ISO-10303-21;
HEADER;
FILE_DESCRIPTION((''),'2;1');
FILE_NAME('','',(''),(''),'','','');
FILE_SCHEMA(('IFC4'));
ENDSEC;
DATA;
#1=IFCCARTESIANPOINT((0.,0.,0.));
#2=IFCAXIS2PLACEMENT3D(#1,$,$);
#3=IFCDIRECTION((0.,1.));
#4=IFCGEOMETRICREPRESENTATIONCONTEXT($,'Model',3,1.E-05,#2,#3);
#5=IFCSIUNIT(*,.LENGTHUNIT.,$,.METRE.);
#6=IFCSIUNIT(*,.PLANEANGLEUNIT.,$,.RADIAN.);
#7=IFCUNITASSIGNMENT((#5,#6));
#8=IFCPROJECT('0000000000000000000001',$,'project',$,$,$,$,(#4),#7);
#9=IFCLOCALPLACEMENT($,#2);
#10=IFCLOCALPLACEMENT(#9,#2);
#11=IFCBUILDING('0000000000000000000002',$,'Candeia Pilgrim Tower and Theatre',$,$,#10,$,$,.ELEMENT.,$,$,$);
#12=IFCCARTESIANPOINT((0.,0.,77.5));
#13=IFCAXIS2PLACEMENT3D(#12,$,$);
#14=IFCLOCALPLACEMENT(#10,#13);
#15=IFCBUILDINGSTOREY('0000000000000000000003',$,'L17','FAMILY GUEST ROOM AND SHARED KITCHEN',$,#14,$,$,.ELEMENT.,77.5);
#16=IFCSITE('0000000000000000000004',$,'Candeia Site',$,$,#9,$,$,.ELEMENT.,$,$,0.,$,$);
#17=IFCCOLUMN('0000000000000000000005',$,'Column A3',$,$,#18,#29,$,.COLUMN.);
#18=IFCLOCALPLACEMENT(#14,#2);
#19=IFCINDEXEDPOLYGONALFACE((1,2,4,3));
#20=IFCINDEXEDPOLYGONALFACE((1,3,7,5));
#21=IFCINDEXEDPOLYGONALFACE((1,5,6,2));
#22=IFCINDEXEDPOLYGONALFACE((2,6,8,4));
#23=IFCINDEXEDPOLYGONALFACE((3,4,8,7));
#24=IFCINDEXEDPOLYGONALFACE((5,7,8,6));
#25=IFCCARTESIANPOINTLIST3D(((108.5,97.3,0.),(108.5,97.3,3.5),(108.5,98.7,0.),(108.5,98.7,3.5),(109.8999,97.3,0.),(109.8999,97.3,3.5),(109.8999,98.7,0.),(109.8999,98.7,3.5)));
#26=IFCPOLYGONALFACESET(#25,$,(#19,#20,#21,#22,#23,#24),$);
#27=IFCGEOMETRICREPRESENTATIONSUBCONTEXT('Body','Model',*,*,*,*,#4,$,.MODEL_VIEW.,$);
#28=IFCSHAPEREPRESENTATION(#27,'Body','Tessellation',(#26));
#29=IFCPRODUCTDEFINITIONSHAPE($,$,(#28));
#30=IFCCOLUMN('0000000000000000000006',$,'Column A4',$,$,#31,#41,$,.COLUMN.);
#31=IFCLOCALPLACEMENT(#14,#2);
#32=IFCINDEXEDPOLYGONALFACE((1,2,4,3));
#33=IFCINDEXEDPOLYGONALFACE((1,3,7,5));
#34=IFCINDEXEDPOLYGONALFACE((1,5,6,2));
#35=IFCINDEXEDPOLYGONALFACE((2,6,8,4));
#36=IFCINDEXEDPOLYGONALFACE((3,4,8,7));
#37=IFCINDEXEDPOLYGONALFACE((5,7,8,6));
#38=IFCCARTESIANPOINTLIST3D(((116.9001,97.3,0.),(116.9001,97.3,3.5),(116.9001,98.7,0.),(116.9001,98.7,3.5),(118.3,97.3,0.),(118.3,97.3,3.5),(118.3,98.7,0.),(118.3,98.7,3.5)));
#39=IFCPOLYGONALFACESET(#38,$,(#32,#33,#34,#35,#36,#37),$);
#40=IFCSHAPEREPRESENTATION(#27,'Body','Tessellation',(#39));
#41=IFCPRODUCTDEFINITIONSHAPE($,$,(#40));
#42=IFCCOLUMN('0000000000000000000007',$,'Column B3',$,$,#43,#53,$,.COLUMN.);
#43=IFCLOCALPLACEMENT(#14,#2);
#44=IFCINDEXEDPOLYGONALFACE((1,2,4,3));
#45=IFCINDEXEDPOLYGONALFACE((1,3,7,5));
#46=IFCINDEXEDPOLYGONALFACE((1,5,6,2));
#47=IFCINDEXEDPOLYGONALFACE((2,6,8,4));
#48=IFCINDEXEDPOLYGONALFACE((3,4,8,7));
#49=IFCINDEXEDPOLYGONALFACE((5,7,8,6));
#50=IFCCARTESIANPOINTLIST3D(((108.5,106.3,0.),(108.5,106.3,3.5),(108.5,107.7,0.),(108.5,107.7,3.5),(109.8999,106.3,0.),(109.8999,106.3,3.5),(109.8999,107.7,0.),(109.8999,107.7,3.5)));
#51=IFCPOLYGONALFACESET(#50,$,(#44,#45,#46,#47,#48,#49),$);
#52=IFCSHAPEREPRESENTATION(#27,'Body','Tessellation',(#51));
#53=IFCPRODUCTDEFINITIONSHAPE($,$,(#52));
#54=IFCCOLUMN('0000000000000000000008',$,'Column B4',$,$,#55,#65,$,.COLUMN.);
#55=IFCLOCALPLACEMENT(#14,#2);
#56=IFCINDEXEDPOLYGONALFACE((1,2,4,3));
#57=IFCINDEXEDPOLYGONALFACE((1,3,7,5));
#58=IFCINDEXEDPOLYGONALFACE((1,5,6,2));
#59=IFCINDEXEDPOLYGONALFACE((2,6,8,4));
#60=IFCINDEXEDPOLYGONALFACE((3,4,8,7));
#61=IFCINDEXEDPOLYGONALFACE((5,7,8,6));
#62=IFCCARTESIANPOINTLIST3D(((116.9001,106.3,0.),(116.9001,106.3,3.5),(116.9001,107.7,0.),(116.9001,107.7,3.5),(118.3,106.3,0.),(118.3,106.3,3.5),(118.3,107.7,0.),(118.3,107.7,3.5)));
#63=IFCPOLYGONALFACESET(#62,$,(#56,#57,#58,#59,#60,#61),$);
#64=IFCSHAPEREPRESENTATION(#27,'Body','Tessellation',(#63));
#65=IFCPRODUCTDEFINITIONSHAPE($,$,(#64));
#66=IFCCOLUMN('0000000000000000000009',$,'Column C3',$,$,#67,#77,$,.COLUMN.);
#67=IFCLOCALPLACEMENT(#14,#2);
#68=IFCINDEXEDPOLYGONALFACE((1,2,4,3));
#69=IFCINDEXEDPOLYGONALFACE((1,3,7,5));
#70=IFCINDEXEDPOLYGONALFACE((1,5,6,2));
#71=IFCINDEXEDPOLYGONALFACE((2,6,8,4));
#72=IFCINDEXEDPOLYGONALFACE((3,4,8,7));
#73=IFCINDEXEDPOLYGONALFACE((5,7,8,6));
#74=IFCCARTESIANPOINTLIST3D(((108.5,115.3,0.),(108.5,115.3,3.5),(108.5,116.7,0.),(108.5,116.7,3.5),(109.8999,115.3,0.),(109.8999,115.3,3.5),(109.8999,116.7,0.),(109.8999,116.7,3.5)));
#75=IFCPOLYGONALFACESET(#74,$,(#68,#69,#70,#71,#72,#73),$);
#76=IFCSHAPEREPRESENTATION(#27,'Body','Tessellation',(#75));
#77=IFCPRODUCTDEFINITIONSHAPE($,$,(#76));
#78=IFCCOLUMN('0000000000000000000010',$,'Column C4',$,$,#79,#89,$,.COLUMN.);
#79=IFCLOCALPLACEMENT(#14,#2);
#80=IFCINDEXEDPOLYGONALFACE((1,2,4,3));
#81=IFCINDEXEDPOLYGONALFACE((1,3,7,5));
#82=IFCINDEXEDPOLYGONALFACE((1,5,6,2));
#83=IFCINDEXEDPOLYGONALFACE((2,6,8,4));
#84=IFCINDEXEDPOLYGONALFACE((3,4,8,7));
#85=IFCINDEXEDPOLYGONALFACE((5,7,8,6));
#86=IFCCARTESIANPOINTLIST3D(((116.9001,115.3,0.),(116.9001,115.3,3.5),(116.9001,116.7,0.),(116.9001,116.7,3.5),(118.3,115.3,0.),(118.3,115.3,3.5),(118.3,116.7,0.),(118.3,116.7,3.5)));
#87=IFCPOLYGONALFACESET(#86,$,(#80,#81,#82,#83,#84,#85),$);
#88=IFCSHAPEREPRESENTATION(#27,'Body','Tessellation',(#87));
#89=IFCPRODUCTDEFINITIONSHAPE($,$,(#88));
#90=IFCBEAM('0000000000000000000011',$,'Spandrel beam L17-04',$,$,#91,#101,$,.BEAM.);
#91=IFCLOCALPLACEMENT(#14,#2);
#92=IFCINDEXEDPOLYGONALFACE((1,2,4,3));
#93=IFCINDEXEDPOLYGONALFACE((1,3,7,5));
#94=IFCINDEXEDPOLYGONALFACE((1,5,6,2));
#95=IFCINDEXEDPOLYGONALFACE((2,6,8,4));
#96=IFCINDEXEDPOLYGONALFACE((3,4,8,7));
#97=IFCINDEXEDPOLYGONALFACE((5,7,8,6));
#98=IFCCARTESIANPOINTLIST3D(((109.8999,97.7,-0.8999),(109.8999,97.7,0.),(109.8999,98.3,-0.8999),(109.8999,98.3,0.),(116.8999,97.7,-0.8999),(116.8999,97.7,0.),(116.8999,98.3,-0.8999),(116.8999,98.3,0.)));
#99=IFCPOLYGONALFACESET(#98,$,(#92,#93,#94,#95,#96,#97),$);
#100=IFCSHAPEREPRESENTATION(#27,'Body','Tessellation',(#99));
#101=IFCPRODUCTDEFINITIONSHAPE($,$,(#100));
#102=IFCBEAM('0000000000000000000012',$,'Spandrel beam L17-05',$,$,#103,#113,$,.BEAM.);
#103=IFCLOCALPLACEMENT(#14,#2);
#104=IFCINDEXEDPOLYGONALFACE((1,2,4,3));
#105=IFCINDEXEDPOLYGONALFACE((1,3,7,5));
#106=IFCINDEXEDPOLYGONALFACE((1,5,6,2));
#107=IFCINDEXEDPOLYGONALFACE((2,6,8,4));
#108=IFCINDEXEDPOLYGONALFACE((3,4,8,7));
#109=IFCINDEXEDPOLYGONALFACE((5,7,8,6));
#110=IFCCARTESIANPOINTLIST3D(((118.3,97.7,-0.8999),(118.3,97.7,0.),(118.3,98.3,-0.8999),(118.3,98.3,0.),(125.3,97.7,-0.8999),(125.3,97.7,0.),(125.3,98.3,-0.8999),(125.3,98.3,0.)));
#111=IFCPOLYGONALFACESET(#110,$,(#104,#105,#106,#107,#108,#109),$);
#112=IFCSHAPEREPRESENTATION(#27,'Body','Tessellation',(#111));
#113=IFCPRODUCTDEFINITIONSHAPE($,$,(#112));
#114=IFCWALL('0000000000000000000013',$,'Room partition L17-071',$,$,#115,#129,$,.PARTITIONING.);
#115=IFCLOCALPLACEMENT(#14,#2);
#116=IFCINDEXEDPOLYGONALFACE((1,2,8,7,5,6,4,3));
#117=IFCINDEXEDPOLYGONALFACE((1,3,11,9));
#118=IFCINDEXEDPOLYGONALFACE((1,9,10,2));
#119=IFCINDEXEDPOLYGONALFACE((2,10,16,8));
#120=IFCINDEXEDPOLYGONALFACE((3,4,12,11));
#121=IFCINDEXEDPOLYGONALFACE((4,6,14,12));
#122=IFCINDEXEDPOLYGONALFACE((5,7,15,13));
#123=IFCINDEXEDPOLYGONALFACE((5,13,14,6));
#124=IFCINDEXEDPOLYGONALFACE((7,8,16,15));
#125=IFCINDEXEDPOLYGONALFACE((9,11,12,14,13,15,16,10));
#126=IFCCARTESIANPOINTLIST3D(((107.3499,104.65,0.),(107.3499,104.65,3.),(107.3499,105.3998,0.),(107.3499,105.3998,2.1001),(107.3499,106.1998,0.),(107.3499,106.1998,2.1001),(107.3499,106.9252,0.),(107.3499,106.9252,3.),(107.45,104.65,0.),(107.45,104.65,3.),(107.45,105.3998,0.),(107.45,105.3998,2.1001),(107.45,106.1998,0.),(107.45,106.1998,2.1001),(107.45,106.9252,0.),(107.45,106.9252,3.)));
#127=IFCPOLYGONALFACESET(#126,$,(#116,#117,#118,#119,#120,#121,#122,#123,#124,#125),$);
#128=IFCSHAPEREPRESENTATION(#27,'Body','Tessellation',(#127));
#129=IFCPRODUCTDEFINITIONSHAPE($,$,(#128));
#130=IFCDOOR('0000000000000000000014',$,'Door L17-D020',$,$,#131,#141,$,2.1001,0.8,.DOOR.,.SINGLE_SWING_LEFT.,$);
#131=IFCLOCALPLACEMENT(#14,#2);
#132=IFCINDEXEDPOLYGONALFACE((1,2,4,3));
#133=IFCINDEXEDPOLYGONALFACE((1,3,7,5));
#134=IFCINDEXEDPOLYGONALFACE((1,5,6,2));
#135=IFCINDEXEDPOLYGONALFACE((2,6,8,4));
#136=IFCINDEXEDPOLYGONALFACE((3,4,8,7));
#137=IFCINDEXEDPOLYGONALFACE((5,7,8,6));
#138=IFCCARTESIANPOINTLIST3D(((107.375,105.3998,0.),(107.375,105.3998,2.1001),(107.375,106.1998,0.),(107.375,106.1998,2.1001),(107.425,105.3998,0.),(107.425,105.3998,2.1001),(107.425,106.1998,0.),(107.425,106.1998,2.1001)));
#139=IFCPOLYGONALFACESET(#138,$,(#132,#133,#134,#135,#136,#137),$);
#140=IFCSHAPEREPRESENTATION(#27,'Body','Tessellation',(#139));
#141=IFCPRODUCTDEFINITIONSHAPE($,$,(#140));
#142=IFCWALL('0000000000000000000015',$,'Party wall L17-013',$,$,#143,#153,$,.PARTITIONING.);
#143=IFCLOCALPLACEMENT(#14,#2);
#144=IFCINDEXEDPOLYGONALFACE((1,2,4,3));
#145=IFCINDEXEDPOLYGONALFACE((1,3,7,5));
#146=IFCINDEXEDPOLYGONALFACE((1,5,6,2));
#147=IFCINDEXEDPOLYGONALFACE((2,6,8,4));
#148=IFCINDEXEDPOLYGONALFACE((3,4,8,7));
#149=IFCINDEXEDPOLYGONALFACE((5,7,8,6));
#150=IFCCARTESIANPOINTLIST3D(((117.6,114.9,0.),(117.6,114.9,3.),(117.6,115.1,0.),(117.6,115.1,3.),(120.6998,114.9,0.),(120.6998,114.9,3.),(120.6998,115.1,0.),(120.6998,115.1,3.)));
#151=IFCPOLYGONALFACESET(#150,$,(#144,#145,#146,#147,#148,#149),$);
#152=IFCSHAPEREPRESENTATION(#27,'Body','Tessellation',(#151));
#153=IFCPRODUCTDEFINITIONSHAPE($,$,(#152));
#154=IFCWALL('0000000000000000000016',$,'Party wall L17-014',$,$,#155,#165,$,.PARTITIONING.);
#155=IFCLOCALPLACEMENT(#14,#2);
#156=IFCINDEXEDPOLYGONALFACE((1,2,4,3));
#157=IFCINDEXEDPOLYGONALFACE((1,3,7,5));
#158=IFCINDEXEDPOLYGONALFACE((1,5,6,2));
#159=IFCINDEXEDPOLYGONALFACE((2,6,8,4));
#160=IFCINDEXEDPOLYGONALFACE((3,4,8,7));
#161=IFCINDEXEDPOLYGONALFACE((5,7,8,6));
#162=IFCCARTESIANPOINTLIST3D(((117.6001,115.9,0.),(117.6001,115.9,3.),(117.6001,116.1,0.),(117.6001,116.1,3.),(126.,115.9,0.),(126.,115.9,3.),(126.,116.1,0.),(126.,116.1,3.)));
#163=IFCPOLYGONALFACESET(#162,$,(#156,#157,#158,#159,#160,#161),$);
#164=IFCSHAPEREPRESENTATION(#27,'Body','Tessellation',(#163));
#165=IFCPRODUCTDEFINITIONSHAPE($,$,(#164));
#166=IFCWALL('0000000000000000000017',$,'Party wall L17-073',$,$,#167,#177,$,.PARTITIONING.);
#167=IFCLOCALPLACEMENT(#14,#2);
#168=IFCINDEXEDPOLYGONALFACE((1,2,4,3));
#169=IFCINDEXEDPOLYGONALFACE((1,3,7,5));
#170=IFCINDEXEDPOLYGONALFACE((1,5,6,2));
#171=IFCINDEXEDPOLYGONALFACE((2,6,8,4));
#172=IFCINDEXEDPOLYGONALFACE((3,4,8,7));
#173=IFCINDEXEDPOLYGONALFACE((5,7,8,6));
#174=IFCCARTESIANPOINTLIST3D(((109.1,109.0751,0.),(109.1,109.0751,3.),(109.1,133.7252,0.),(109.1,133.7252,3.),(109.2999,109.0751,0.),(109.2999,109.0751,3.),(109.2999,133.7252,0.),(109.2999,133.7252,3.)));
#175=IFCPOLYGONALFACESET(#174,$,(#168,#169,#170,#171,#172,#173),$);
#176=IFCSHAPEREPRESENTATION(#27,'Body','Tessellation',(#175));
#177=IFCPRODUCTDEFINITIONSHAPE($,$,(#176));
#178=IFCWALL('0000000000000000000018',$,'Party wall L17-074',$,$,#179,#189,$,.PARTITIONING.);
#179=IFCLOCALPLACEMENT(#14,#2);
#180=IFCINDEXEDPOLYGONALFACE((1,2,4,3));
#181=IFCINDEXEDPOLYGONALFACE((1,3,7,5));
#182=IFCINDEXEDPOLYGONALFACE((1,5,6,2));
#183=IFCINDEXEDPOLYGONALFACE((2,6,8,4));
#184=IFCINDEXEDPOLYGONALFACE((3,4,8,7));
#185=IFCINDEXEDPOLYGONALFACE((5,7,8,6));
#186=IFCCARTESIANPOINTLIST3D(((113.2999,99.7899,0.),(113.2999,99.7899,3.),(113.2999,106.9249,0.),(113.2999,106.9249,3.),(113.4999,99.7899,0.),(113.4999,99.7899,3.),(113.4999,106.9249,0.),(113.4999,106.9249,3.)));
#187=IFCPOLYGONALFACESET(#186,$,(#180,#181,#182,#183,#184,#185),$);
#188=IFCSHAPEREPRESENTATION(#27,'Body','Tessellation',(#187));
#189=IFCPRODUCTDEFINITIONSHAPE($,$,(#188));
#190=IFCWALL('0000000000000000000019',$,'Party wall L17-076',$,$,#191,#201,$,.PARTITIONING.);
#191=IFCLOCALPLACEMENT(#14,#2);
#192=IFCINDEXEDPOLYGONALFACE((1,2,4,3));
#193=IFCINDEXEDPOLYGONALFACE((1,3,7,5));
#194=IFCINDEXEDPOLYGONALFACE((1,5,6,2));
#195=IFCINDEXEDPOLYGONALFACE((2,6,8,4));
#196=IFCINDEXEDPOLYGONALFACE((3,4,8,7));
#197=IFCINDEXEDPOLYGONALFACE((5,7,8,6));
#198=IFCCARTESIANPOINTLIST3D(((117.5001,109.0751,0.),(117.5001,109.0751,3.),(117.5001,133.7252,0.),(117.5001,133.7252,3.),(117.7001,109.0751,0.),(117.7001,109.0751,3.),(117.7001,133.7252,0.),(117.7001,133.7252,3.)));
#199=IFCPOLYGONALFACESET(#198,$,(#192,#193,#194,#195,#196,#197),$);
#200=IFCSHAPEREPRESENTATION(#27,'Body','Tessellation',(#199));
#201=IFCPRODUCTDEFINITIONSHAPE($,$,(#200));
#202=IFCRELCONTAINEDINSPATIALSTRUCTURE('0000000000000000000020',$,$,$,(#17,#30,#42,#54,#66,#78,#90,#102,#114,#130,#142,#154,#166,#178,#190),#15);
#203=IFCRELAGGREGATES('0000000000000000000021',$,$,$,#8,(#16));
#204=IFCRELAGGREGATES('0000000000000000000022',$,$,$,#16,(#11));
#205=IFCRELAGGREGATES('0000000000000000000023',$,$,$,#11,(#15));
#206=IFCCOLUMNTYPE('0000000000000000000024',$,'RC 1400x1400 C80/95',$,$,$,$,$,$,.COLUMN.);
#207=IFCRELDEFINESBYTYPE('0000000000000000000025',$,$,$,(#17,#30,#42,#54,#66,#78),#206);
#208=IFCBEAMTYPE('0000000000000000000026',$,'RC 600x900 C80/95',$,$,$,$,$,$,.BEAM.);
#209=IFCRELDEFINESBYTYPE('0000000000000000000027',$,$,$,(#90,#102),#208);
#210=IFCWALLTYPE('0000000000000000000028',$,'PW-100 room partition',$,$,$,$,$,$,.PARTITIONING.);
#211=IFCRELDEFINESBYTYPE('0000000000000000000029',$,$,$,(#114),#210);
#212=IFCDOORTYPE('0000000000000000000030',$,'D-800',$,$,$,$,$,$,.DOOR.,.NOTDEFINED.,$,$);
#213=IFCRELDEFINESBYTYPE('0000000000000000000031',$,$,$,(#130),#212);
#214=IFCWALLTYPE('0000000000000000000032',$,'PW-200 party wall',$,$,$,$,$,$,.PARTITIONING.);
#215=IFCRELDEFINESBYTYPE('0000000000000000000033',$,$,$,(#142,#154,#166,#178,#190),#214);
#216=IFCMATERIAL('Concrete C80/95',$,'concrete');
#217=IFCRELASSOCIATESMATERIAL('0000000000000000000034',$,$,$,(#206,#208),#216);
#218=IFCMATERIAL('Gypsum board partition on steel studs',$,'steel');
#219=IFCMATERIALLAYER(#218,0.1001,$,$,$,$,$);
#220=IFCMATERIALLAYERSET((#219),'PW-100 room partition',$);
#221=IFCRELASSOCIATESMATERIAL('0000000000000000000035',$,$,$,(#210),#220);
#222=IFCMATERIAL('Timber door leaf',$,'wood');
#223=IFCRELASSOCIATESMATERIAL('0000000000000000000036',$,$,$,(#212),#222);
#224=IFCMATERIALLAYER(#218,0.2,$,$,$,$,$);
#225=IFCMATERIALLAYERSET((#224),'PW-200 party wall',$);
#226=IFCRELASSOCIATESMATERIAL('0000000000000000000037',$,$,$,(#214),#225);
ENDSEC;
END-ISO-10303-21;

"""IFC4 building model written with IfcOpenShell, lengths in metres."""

from ifc_helpers import new_model, si_unit, direction, frame, frame_2d, origin, origin_2d, place, context, subcontext, project, spatial, rectangle, extrude, material, layer, layer_set, material_profile, profile_set, type_object, element, fill, save


model = new_model("IFC4")

# Units and contexts
model_context = context("Model", 3, precision=1e-05, world=origin(), true_north=direction((0.0, 1.0)))
body_context = subcontext(model_context, "Body", "Model", "MODEL_VIEW")
ifc_project = project(units=[si_unit("LENGTHUNIT", "METRE"), si_unit("PLANEANGLEUNIT", "RADIAN")], contexts=[model_context])

# Site, building, storey
site_placement = place(None, origin())
site = spatial("IfcSite", under=ifc_project, at=site_placement, Name="Candeia Site", CompositionType="ELEMENT", RefElevation=0.0)
building_placement = place(site_placement, origin())
building = spatial("IfcBuilding", under=site, at=building_placement, Name="Candeia Pilgrim Tower and Theatre", CompositionType="ELEMENT")
storey_placement = place(building_placement, frame((0.0, 0.0, 77.5)))
storey = spatial("IfcBuildingStorey", under=building, at=storey_placement, Name="L17", Description="FAMILY GUEST ROOM AND SHARED KITCHEN", CompositionType="ELEMENT", Elevation=77.5)

# Columns
ifc_material_1 = material(Name="Concrete C80/95", Category="concrete")
ifc_material_profile_1 = material_profile(ifc_material_1, rectangle(XDim=1.3999, YDim=1.3999, at=origin_2d()))
ifc_profile_set_1 = profile_set([ifc_material_profile_1], Name="Concrete C80/95")
column_type = type_object("IfcColumnType", Name="RC 1400x1400 C80/95", PredefinedType="COLUMN", material=ifc_profile_set_1)
for number, where, z_axis, x_axis, name in (
    (1, (109.2, 98.0, 0.0), (0.0, 0.0, 1.0), (1.0, 0.0, 0.0), "Column A3"),
    (2, (117.6001, 98.0, 0.0), (0.0, 0.0, 1.0), (1.0, 0.0, 0.0), "Column A4"),
    (3, (109.2, 107.0, 0.0), (0.0, 0.0, 1.0), (1.0, 0.0, 0.0), "Column B3"),
    (4, (117.6001, 107.0, 0.0), (0.0, 0.0, 1.0), (1.0, 0.0, 0.0), "Column B4"),
    (5, (109.2, 116.0, 0.0), (0.0, 0.0, 1.0), (1.0, 0.0, 0.0), "Column C3"),
    (6, (117.6001, 116.0, 0.0), (0.0, 0.0, 1.0), (1.0, 0.0, 0.0), "Column C4"),
):
    element("IfcColumn", number, at=place(storey_placement, frame(where, z_axis=z_axis, x_axis=x_axis)), inside=storey, type_object=column_type, Name=name, PredefinedType="COLUMN", context=body_context, shape_type="SweptSolid", body=[
        extrude(rectangle(XDim=1.3999, YDim=1.3999, at=origin_2d()), origin(), (0.0, 0.0, 1.0), 3.5),
    ])

# Beams
ifc_material_profile_2 = material_profile(ifc_material_1, rectangle(XDim=0.6001, YDim=0.8999, at=origin_2d()))
ifc_profile_set_2 = profile_set([ifc_material_profile_2], Name="Concrete C80/95")
beam_type = type_object("IfcBeamType", Name="RC 600x900 C80/95", PredefinedType="BEAM", material=ifc_profile_set_2)
for number, where, z_axis, x_axis, name in (
    (7, (109.8999, 98.0, -0.45), (1.0, 0.0, 0.0), (0.0, 1.0, 0.0), "Spandrel beam L17-04"),
    (8, (118.3, 98.0, -0.45), (1.0, 0.0, 0.0), (0.0, 1.0, 0.0), "Spandrel beam L17-05"),
):
    element("IfcBeam", number, at=place(storey_placement, frame(where, z_axis=z_axis, x_axis=x_axis)), inside=storey, type_object=beam_type, Name=name, PredefinedType="BEAM", context=body_context, shape_type="SweptSolid", body=[
        extrude(rectangle(XDim=0.6001, YDim=0.8999, at=origin_2d()), origin(), (0.0, 0.0, 1.0), 7.0),
    ])

# Wall, opening, door
ifc_material_2 = material(Name="Gypsum board partition on steel studs", Category="steel")
ifc_layer_1 = layer(ifc_material_2, 0.1001)
ifc_layer_set_1 = layer_set([ifc_layer_1], Name="PW-100 room partition")
wall_type_1 = type_object("IfcWallType", Name="PW-100 room partition", PredefinedType="PARTITIONING", material=ifc_layer_set_1)
wall_1_placement = place(storey_placement, frame((107.3999, 104.6499, 0.0), z_axis=(0.0, 0.0, 1.0), x_axis=(0.0, 1.0, 0.0)))
wall_1 = element("IfcWall", 9, at=wall_1_placement, inside=storey, type_object=wall_type_1, Name="Room partition L17-071", PredefinedType="PARTITIONING", context=body_context, shape_type="SweptSolid", body=[
    extrude(rectangle(XDim=2.2751, YDim=0.1001, at=frame_2d((1.1377, 0.0))), origin(), (0.0, 0.0, 1.0), 3.0),
])
opening_placement = place(wall_1_placement, frame((0.75, 0.0, 0.0)))
opening = element("IfcOpeningElement", 10, at=opening_placement, cuts=wall_1, PredefinedType="OPENING", context=body_context, shape_type="SweptSolid", body=[
    extrude(rectangle(XDim=0.8, YDim=2.1001, at=frame_2d((0.3999, 1.05))), frame((0.0, 0.0601, 0.0), z_axis=(0.0, -1.0, 0.0), x_axis=(1.0, 0.0, 0.0)), (0.0, 0.0, 1.0), 0.1201),
])
ifc_material_3 = material(Name="Timber door leaf", Category="wood")
door_type = type_object("IfcDoorType", Name="D-800", OperationType="NOTDEFINED", PredefinedType="DOOR", material=ifc_material_3)
door_placement = place(opening_placement, origin())
door = element("IfcDoor", 11, at=door_placement, inside=storey, type_object=door_type, Name="Door L17-D020", OperationType="SINGLE_SWING_LEFT", OverallHeight=2.1001, OverallWidth=0.8, PredefinedType="DOOR", context=body_context, shape_type="SweptSolid", body=[
    extrude(rectangle(XDim=0.8, YDim=2.1001, at=frame_2d((0.3999, 1.05))), frame((0.0, 0.0249, 0.0), z_axis=(0.0, -1.0, 0.0), x_axis=(1.0, 0.0, 0.0)), (0.0, 0.0, 1.0), 0.05),
])
fill(opening, door)

# Walls
ifc_layer_2 = layer(ifc_material_2, 0.2)
ifc_layer_set_2 = layer_set([ifc_layer_2], Name="PW-200 party wall")
wall_type_2 = type_object("IfcWallType", Name="PW-200 party wall", PredefinedType="PARTITIONING", material=ifc_layer_set_2)
wall_2_placement = place(storey_placement, frame((117.6001, 115.0, 0.0), z_axis=(0.0, 0.0, 1.0), x_axis=(1.0, 0.0, 0.0)))
element("IfcWall", 12, at=wall_2_placement, inside=storey, type_object=wall_type_2, Name="Party wall L17-013", PredefinedType="PARTITIONING", context=body_context, shape_type="SweptSolid", body=[
    extrude(rectangle(XDim=3.0999, YDim=0.2, at=frame_2d((1.5498, 0.0))), origin(), (0.0, 0.0, 1.0), 3.0),
])
wall_3_placement = place(storey_placement, frame((117.6001, 116.0, 0.0), z_axis=(0.0, 0.0, 1.0), x_axis=(1.0, 0.0, 0.0)))
element("IfcWall", 13, at=wall_3_placement, inside=storey, type_object=wall_type_2, Name="Party wall L17-014", PredefinedType="PARTITIONING", context=body_context, shape_type="SweptSolid", body=[
    extrude(rectangle(XDim=8.3999, YDim=0.2, at=frame_2d((4.2, 0.0))), origin(), (0.0, 0.0, 1.0), 3.0),
])
wall_4_placement = place(storey_placement, frame((109.2, 109.075, 0.0), z_axis=(0.0, 0.0, 1.0), x_axis=(0.0, 1.0, 0.0)))
element("IfcWall", 14, at=wall_4_placement, inside=storey, type_object=wall_type_2, Name="Party wall L17-073", PredefinedType="PARTITIONING", context=body_context, shape_type="SweptSolid", body=[
    extrude(rectangle(XDim=24.6501, YDim=0.2, at=frame_2d((12.3252, 0.0))), origin(), (0.0, 0.0, 1.0), 3.0),
])
wall_5_placement = place(storey_placement, frame((113.3999, 99.79, 0.0), z_axis=(0.0, 0.0, 1.0), x_axis=(0.0, 1.0, 0.0)))
element("IfcWall", 15, at=wall_5_placement, inside=storey, type_object=wall_type_2, Name="Party wall L17-074", PredefinedType="PARTITIONING", context=body_context, shape_type="SweptSolid", body=[
    extrude(rectangle(XDim=7.135, YDim=0.2, at=frame_2d((3.5674, 0.0))), origin(), (0.0, 0.0, 1.0), 3.0),
])
wall_6_placement = place(storey_placement, frame((117.6001, 109.075, 0.0), z_axis=(0.0, 0.0, 1.0), x_axis=(0.0, 1.0, 0.0)))
element("IfcWall", 16, at=wall_6_placement, inside=storey, type_object=wall_type_2, Name="Party wall L17-076", PredefinedType="PARTITIONING", context=body_context, shape_type="SweptSolid", body=[
    extrude(rectangle(XDim=24.6501, YDim=0.2, at=frame_2d((12.3252, 0.0))), origin(), (0.0, 0.0, 1.0), 3.0),
])

save(model, "model.ifc")
